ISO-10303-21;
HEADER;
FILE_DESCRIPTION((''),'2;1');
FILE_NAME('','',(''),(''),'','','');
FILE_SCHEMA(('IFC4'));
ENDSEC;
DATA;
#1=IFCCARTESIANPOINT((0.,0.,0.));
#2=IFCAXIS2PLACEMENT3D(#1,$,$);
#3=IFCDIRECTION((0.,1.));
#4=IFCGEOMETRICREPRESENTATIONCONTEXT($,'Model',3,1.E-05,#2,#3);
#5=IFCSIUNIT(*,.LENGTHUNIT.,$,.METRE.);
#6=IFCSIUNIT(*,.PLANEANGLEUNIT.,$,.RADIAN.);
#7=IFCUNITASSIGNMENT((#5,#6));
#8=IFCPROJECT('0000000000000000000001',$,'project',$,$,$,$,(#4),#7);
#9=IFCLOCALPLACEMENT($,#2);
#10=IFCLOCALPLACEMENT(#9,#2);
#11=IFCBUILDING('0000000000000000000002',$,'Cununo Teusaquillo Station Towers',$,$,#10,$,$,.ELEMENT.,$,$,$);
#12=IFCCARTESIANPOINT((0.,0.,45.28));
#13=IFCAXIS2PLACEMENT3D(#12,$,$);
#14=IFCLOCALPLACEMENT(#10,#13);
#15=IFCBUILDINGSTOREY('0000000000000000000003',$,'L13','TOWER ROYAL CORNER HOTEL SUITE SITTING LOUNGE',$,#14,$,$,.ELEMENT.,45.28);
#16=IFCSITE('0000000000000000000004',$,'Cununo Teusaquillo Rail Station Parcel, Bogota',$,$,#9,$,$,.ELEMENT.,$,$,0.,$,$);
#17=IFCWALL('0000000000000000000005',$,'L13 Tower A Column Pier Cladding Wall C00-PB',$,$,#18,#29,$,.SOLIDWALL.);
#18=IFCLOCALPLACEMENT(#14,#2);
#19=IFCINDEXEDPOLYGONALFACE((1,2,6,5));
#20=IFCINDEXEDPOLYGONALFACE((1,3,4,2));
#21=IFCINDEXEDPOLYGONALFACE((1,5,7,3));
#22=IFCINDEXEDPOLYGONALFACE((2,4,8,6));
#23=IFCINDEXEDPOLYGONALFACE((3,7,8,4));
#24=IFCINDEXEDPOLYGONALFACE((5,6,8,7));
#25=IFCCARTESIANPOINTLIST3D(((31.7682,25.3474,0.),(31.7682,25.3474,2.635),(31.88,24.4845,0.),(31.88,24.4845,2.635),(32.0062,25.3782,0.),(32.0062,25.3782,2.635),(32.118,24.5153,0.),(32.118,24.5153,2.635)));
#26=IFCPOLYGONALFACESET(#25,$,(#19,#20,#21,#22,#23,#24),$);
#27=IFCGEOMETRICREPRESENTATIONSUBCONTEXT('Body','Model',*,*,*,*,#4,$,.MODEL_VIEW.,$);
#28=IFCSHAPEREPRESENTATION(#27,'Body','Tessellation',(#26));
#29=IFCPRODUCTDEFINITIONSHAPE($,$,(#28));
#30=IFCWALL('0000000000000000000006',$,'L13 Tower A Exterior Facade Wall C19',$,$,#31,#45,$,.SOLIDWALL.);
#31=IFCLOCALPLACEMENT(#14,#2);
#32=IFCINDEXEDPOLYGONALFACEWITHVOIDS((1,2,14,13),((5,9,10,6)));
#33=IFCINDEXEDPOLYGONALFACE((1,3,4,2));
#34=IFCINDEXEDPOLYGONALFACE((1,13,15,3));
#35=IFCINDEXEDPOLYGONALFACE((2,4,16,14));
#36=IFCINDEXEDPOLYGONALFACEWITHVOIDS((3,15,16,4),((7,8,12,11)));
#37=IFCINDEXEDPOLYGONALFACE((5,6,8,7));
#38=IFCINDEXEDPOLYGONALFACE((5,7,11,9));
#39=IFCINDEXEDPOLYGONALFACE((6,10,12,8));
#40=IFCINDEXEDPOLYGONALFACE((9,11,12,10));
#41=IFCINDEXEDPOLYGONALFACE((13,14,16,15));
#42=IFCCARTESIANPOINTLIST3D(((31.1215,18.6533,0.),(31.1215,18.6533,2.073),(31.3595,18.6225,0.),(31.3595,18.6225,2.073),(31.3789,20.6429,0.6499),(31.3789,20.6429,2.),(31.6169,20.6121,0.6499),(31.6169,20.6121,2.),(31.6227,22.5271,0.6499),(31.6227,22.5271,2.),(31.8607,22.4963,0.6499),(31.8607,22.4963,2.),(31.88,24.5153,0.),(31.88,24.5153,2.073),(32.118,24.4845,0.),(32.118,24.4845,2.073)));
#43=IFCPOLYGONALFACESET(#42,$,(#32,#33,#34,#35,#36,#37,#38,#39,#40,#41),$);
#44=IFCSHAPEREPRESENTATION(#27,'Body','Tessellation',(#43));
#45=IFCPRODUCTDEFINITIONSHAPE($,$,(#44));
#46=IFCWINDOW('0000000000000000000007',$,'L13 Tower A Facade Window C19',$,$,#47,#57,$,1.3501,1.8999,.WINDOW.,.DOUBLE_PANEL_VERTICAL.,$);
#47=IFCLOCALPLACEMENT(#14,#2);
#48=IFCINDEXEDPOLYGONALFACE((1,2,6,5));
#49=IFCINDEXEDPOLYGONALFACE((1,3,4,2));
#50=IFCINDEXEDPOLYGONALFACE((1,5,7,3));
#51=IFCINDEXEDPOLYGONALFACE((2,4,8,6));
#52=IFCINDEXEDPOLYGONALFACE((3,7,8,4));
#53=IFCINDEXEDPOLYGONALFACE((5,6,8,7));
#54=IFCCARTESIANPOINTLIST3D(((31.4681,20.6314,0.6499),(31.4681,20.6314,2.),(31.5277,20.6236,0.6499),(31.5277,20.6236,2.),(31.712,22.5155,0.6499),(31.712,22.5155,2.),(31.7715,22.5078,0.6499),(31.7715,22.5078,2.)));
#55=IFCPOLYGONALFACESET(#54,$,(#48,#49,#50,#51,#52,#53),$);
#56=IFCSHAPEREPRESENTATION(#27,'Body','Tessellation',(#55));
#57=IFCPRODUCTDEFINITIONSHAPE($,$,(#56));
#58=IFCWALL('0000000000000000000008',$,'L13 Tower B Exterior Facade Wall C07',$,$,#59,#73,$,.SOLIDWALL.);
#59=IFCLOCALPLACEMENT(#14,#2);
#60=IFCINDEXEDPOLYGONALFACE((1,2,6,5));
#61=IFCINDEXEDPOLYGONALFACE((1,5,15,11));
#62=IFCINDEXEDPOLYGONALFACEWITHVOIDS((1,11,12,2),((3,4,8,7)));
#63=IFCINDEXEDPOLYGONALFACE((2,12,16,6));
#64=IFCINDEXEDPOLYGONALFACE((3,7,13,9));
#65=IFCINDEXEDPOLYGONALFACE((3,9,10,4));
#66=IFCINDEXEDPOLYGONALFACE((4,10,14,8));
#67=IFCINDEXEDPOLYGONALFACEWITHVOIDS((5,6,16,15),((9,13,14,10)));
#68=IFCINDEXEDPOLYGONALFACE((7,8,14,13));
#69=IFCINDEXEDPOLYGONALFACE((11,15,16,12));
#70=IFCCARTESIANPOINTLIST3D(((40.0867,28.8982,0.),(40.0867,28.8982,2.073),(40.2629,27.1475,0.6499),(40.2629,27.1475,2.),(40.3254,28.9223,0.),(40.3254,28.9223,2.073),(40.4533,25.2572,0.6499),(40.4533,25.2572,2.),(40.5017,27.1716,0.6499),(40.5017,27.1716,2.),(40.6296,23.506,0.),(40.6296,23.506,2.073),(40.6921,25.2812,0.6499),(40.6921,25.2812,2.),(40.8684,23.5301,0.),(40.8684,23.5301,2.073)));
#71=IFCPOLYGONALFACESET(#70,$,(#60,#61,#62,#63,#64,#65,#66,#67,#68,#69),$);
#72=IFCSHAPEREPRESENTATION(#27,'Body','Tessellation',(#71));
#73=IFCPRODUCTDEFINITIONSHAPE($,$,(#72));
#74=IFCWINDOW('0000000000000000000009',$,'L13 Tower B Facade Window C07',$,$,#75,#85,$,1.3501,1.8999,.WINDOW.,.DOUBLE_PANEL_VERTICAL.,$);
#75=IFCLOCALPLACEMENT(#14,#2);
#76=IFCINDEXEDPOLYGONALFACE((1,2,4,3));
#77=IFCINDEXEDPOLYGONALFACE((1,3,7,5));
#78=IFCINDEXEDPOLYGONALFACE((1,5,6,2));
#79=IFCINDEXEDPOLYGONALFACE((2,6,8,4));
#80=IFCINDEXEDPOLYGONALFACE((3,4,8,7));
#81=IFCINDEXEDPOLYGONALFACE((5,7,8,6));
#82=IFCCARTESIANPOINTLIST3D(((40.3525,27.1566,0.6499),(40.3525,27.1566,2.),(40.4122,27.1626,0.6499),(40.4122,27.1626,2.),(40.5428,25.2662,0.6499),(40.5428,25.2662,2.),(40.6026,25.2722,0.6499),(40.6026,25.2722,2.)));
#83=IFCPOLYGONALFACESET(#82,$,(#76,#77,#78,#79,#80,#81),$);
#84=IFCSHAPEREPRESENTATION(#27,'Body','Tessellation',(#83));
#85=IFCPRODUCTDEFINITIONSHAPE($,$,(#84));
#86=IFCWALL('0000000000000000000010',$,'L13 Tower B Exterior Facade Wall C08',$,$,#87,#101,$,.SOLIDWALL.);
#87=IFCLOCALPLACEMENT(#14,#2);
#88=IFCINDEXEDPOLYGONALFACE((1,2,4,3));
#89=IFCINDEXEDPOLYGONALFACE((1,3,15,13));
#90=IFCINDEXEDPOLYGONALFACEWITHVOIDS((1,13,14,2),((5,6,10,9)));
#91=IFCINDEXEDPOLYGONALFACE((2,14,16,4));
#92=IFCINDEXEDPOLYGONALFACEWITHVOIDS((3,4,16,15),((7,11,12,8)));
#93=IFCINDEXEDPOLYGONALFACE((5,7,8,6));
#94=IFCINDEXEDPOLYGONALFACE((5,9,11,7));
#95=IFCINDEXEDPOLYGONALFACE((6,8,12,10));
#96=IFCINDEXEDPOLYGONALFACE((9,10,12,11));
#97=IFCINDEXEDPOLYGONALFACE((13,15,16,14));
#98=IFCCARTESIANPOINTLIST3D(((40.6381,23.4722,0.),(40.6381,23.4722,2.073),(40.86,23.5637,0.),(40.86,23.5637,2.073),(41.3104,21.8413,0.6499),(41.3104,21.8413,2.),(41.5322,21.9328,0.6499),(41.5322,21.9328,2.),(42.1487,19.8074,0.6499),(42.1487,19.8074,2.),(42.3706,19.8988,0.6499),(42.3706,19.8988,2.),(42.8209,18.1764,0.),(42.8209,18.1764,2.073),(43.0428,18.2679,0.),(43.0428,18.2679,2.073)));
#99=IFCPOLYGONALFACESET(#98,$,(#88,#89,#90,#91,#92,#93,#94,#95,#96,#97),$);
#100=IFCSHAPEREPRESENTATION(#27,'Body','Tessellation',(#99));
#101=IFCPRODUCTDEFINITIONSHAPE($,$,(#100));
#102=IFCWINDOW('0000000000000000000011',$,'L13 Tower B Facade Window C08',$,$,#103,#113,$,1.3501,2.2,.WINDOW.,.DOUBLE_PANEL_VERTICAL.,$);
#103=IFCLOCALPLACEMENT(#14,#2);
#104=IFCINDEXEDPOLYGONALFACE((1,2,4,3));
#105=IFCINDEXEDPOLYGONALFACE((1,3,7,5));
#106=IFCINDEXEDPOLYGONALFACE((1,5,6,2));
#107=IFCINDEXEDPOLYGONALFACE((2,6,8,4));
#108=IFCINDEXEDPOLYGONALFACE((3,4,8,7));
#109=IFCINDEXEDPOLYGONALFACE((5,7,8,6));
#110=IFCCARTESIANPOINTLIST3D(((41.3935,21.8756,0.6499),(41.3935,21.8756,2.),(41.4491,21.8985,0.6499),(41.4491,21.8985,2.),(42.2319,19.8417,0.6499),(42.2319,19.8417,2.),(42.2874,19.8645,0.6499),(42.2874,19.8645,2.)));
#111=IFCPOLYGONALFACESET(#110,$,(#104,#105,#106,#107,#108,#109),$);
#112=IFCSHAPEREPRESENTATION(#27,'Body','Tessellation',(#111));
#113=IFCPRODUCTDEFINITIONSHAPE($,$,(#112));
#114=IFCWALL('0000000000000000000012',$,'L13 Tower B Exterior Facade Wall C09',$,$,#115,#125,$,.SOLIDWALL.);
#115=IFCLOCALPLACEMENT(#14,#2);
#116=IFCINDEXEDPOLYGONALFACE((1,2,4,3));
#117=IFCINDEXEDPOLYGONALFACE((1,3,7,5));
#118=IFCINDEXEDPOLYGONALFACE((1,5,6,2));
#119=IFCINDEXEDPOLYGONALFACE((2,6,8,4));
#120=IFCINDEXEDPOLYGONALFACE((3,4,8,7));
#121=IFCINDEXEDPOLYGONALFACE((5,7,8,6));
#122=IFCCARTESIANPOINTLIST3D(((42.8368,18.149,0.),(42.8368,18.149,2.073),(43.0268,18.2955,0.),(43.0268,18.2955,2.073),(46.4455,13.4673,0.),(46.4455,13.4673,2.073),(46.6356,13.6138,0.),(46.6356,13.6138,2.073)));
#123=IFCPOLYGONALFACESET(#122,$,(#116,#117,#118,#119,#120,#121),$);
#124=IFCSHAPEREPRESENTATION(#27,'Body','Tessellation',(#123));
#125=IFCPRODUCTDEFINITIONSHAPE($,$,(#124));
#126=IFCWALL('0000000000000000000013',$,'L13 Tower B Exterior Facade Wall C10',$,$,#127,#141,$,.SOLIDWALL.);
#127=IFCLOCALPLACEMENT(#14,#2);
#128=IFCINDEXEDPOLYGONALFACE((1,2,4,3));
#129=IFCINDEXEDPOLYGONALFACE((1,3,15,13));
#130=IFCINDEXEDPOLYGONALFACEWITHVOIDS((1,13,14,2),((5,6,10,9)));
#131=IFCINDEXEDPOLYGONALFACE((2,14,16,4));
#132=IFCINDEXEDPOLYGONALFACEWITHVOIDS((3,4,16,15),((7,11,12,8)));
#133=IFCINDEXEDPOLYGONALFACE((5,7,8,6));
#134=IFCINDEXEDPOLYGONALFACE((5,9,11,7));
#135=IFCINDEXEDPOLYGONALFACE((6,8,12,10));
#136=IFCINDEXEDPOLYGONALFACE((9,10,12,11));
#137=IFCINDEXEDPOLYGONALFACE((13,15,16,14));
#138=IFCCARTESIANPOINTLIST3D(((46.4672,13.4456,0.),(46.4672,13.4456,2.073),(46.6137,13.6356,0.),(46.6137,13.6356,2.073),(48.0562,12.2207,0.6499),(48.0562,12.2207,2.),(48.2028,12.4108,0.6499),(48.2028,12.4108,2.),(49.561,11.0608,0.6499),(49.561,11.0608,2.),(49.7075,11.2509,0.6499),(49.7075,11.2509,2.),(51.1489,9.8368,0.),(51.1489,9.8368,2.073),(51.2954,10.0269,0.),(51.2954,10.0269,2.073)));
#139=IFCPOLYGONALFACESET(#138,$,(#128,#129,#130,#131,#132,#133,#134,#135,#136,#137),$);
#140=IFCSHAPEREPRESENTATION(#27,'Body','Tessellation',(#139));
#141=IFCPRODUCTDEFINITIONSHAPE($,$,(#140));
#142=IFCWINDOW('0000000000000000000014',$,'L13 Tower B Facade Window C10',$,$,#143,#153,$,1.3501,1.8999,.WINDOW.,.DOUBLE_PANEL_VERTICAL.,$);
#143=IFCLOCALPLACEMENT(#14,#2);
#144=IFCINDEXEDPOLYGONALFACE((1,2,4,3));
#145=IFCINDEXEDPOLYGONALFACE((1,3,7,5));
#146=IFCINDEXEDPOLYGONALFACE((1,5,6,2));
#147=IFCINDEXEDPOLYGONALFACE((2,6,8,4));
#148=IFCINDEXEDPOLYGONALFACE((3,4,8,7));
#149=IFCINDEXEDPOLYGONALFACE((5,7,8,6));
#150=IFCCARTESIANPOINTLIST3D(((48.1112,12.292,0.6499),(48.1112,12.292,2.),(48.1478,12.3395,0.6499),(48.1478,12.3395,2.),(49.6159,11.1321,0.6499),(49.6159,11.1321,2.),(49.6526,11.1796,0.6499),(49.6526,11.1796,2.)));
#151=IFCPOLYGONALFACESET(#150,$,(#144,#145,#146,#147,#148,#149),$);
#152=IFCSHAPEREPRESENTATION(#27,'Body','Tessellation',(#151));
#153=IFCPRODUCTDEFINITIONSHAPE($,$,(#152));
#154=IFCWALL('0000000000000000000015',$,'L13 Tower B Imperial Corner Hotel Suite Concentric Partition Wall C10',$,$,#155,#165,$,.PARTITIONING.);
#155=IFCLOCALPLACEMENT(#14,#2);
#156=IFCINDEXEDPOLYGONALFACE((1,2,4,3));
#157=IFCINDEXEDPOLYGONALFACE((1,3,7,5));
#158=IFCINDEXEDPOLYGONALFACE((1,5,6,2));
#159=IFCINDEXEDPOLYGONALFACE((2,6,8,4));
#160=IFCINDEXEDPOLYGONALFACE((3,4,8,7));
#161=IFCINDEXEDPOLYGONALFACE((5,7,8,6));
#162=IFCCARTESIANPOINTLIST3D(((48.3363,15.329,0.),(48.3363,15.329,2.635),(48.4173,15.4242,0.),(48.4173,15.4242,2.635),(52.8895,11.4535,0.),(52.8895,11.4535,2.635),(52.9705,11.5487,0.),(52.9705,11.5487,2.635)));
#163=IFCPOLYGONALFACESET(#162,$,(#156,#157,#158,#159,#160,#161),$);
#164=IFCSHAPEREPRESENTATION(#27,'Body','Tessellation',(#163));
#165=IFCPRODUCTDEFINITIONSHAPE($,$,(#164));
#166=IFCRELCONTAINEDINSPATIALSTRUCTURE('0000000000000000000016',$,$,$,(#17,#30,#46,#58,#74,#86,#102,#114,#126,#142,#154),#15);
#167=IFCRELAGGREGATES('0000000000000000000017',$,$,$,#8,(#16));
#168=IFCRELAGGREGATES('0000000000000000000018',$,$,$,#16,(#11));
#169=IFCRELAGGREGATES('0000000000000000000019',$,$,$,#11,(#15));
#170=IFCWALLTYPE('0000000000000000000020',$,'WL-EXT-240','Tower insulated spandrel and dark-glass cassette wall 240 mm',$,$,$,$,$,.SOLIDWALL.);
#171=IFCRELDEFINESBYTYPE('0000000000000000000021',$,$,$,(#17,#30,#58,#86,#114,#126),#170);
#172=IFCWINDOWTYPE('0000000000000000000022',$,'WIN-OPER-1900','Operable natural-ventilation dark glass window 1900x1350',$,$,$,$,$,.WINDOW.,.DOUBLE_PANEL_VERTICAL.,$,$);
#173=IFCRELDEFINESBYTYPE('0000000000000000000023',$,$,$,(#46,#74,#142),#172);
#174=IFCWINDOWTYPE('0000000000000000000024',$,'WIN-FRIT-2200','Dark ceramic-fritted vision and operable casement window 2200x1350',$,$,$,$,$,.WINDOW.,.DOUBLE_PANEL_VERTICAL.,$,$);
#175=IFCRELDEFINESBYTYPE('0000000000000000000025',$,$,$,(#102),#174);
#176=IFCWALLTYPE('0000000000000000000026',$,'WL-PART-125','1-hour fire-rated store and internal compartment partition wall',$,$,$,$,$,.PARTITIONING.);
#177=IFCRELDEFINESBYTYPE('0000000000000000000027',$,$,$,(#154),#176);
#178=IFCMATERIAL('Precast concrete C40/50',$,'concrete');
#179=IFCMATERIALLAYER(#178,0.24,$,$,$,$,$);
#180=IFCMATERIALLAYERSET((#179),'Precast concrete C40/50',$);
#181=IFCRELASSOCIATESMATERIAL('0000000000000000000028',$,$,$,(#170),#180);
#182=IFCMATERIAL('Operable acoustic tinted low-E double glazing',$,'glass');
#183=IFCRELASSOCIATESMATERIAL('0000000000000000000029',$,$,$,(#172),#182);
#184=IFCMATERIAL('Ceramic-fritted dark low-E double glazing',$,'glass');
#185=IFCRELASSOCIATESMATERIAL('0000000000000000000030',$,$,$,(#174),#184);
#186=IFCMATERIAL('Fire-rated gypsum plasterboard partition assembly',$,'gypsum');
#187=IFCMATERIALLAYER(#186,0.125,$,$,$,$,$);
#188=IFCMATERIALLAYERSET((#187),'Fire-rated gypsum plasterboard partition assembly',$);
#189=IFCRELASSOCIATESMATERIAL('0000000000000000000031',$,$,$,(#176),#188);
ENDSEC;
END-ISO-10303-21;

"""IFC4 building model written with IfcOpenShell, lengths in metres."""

from ifc_helpers import new_model, si_unit, direction, frame, frame_2d, origin, place, context, subcontext, project, spatial, rectangle, extrude, source, transform, mapped, material, layer, layer_set, type_object, element, fill, save


model = new_model("IFC4")

# Units and contexts
model_context = context("Model", 3, precision=1e-05, world=origin(), true_north=direction((0.0, 1.0)))
body_context = subcontext(model_context, "Body", "Model", "MODEL_VIEW")
ifc_project = project(units=[si_unit("LENGTHUNIT", "METRE"), si_unit("PLANEANGLEUNIT", "RADIAN")], contexts=[model_context])

# Site, building, storey
site_placement = place(None, origin())
site = spatial("IfcSite", under=ifc_project, at=site_placement, Name="Cununo Teusaquillo Rail Station Parcel, Bogota", CompositionType="ELEMENT", RefElevation=0.0)
building_placement = place(site_placement, origin())
building = spatial("IfcBuilding", under=site, at=building_placement, Name="Cununo Teusaquillo Station Towers", CompositionType="ELEMENT")
storey_placement = place(building_placement, frame((0.0, 0.0, 45.28)))
storey = spatial("IfcBuildingStorey", under=building, at=storey_placement, Name="L13", Description="TOWER ROYAL CORNER HOTEL SUITE SITTING LOUNGE", CompositionType="ELEMENT", Elevation=45.28)

# Wall
ifc_material_1 = material(Name="Precast concrete C40/50", Category="concrete")
ifc_layer_1 = layer(ifc_material_1, 0.24)
ifc_layer_set_1 = layer_set([ifc_layer_1], Name="Precast concrete C40/50")
wall_type_1 = type_object("IfcWallType", Name="WL-EXT-240", Description="Tower insulated spandrel and dark-glass cassette wall 240 mm", PredefinedType="SOLIDWALL", material=ifc_layer_set_1)
wall_1_placement = place(storey_placement, frame((31.8872, 25.3628, 0.0), z_axis=(0.0, 0.0, 1.0), x_axis=(0.128523, -0.991706, 0.0)))
element("IfcWall", 1, at=wall_1_placement, inside=storey, type_object=wall_type_1, Name="L13 Tower A Column Pier Cladding Wall C00-PB", PredefinedType="SOLIDWALL", context=body_context, shape_type="SweptSolid", body=[
    extrude(rectangle(XDim=0.8701, YDim=0.24, at=frame_2d((0.4351, 0.0))), origin(), (0.0, 0.0, 1.0), 2.635),
])

# Walls, openings, windows
wall_2_placement = place(storey_placement, frame((31.999, 24.5, 0.0), z_axis=(0.0, 0.0, 1.0), x_axis=(-0.128329, -0.991732, 0.0)))
wall_2 = element("IfcWall", 2, at=wall_2_placement, inside=storey, type_object=wall_type_1, Name="L13 Tower A Exterior Facade Wall C19", PredefinedType="SOLIDWALL", context=body_context, shape_type="SweptSolid", body=[
    extrude(rectangle(XDim=5.9109, YDim=0.24, at=frame_2d((2.9556, 0.0))), origin(), (0.0, 0.0, 1.0), 2.073),
])
shared_shape_1 = source(origin(), body_context, "Body", "SweptSolid", [
    extrude(rectangle(XDim=1.8999, YDim=1.3501, at=frame_2d((0.95, 0.675))), frame((0.0, 0.1299, 0.0), z_axis=(0.0, -1.0, 0.0), x_axis=(1.0, 0.0, 0.0)), (0.0, 0.0, 1.0), 0.26),
])
opening_1_placement = place(wall_2_placement, frame((2.0049, 0.0, 0.6499)))
opening_1 = element("IfcOpeningElement", 3, at=opening_1_placement, cuts=wall_2, PredefinedType="OPENING", context=body_context, shape_type="MappedRepresentation", body=[
    mapped(shared_shape_1, transform((0.0, 0.0, 0.0), x_axis=(1.0, 0.0, 0.0), y_axis=(0.0, 1.0, 0.0), z_axis=(0.0, 0.0, 1.0), scale=1.0)),
])
ifc_material_2 = material(Name="Operable acoustic tinted low-E double glazing", Category="glass")
window_type_1 = type_object("IfcWindowType", Name="WIN-OPER-1900", Description="Operable natural-ventilation dark glass window 1900x1350", PartitioningType="DOUBLE_PANEL_VERTICAL", PredefinedType="WINDOW", material=ifc_material_2)
shared_shape_2 = source(origin(), body_context, "Body", "SweptSolid", [
    extrude(rectangle(XDim=1.8999, YDim=1.3501, at=frame_2d((0.95, 0.675))), frame((0.0, 0.03, 0.0), z_axis=(0.0, -1.0, 0.0), x_axis=(1.0, 0.0, 0.0)), (0.0, 0.0, 1.0), 0.0601),
])
window_1_placement = place(opening_1_placement, origin())
window_1 = element("IfcWindow", 4, at=window_1_placement, inside=storey, type_object=window_type_1, Name="L13 Tower A Facade Window C19", OverallHeight=1.3501, OverallWidth=1.8999, PartitioningType="DOUBLE_PANEL_VERTICAL", PredefinedType="WINDOW", context=body_context, shape_type="MappedRepresentation", body=[
    mapped(shared_shape_2, transform((0.0, 0.0, 0.0), x_axis=(1.0, 0.0, 0.0), y_axis=(0.0, 1.0, 0.0), z_axis=(0.0, 0.0, 1.0), scale=1.0)),
])
fill(opening_1, window_1)
wall_3_placement = place(storey_placement, frame((40.749, 23.5181, 0.0), z_axis=(0.0, 0.0, 1.0), x_axis=(-0.100191, 0.994968, 0.0)))
wall_3 = element("IfcWall", 5, at=wall_3_placement, inside=storey, type_object=wall_type_1, Name="L13 Tower B Exterior Facade Wall C07", PredefinedType="SOLIDWALL", context=body_context, shape_type="SweptSolid", body=[
    extrude(rectangle(XDim=5.4194, YDim=0.24, at=frame_2d((2.7097, 0.0))), origin(), (0.0, 0.0, 1.0), 2.073),
])
opening_2_placement = place(wall_3_placement, frame((1.76, 0.0, 0.6499)))
opening_2 = element("IfcOpeningElement", 6, at=opening_2_placement, cuts=wall_3, PredefinedType="OPENING", context=body_context, shape_type="MappedRepresentation", body=[
    mapped(shared_shape_1, transform((0.0, 0.0, 0.0), x_axis=(1.0, 0.0, 0.0), y_axis=(0.0, 1.0, 0.0), z_axis=(0.0, 0.0, 1.0), scale=1.0)),
])
window_2_placement = place(opening_2_placement, origin())
window_2 = element("IfcWindow", 7, at=window_2_placement, inside=storey, type_object=window_type_1, Name="L13 Tower B Facade Window C07", OverallHeight=1.3501, OverallWidth=1.8999, PartitioningType="DOUBLE_PANEL_VERTICAL", PredefinedType="WINDOW", context=body_context, shape_type="MappedRepresentation", body=[
    mapped(shared_shape_2, transform((0.0, 0.0, 0.0), x_axis=(1.0, 0.0, 0.0), y_axis=(0.0, 1.0, 0.0), z_axis=(0.0, 0.0, 1.0), scale=1.0)),
])
fill(opening_2, window_2)
wall_4_placement = place(storey_placement, frame((42.9319, 18.2222, 0.0), z_axis=(0.0, 0.0, 1.0), x_axis=(-0.381078, 0.924543, 0.0)))
wall_4 = element("IfcWall", 8, at=wall_4_placement, inside=storey, type_object=wall_type_1, Name="L13 Tower B Exterior Facade Wall C08", PredefinedType="SOLIDWALL", context=body_context, shape_type="SweptSolid", body=[
    extrude(rectangle(XDim=5.728, YDim=0.24, at=frame_2d((2.864, 0.0))), origin(), (0.0, 0.0, 1.0), 2.073),
])
shared_shape_3 = source(origin(), body_context, "Body", "SweptSolid", [
    extrude(rectangle(XDim=2.2, YDim=1.3501, at=frame_2d((1.1001, 0.675))), frame((0.0, 0.1299, 0.0), z_axis=(0.0, -1.0, 0.0), x_axis=(1.0, 0.0, 0.0)), (0.0, 0.0, 1.0), 0.26),
])
opening_3_placement = place(wall_4_placement, frame((1.7639, 0.0, 0.6499)))
opening_3 = element("IfcOpeningElement", 9, at=opening_3_placement, cuts=wall_4, PredefinedType="OPENING", context=body_context, shape_type="MappedRepresentation", body=[
    mapped(shared_shape_3, transform((0.0, 0.0, 0.0), x_axis=(1.0, 0.0, 0.0), y_axis=(0.0, 1.0, 0.0), z_axis=(0.0, 0.0, 1.0), scale=1.0)),
])
ifc_material_3 = material(Name="Ceramic-fritted dark low-E double glazing", Category="glass")
window_type_2 = type_object("IfcWindowType", Name="WIN-FRIT-2200", Description="Dark ceramic-fritted vision and operable casement window 2200x1350", PartitioningType="DOUBLE_PANEL_VERTICAL", PredefinedType="WINDOW", material=ifc_material_3)
shared_shape_4 = source(origin(), body_context, "Body", "SweptSolid", [
    extrude(rectangle(XDim=2.2, YDim=1.3501, at=frame_2d((1.1001, 0.675))), frame((0.0, 0.03, 0.0), z_axis=(0.0, -1.0, 0.0), x_axis=(1.0, 0.0, 0.0)), (0.0, 0.0, 1.0), 0.0601),
])
window_3_placement = place(opening_3_placement, origin())
window_3 = element("IfcWindow", 10, at=window_3_placement, inside=storey, type_object=window_type_2, Name="L13 Tower B Facade Window C08", OverallHeight=1.3501, OverallWidth=2.2, PartitioningType="DOUBLE_PANEL_VERTICAL", PredefinedType="WINDOW", context=body_context, shape_type="MappedRepresentation", body=[
    mapped(shared_shape_4, transform((0.0, 0.0, 0.0), x_axis=(1.0, 0.0, 0.0), y_axis=(0.0, 1.0, 0.0), z_axis=(0.0, 0.0, 1.0), scale=1.0)),
])
fill(opening_3, window_3)

# Wall
wall_5_placement = place(storey_placement, frame((46.5405, 13.5405, 0.0), z_axis=(0.0, 0.0, 1.0), x_axis=(-0.610495, 0.79202, 0.0)))
element("IfcWall", 11, at=wall_5_placement, inside=storey, type_object=wall_type_1, Name="L13 Tower B Exterior Facade Wall C09", PredefinedType="SOLIDWALL", context=body_context, shape_type="SweptSolid", body=[
    extrude(rectangle(XDim=5.9111, YDim=0.24, at=frame_2d((2.9556, 0.0))), origin(), (0.0, 0.0, 1.0), 2.073),
])

# Wall, opening, window
wall_6_placement = place(storey_placement, frame((51.2222, 9.9319, 0.0), z_axis=(0.0, 0.0, 1.0), x_axis=(-0.79202, 0.610495, 0.0)))
wall_6 = element("IfcWall", 12, at=wall_6_placement, inside=storey, type_object=wall_type_1, Name="L13 Tower B Exterior Facade Wall C10", PredefinedType="SOLIDWALL", context=body_context, shape_type="SweptSolid", body=[
    extrude(rectangle(XDim=5.9111, YDim=0.24, at=frame_2d((2.9556, 0.0))), origin(), (0.0, 0.0, 1.0), 2.073),
])
opening_4_placement = place(wall_6_placement, frame((2.0049, 0.0, 0.6499)))
opening_4 = element("IfcOpeningElement", 13, at=opening_4_placement, cuts=wall_6, PredefinedType="OPENING", context=body_context, shape_type="MappedRepresentation", body=[
    mapped(shared_shape_1, transform((0.0, 0.0, 0.0), x_axis=(1.0, 0.0, 0.0), y_axis=(0.0, 1.0, 0.0), z_axis=(0.0, 0.0, 1.0), scale=1.0)),
])
window_4_placement = place(opening_4_placement, origin())
window_4 = element("IfcWindow", 14, at=window_4_placement, inside=storey, type_object=window_type_1, Name="L13 Tower B Facade Window C10", OverallHeight=1.3501, OverallWidth=1.8999, PartitioningType="DOUBLE_PANEL_VERTICAL", PredefinedType="WINDOW", context=body_context, shape_type="MappedRepresentation", body=[
    mapped(shared_shape_2, transform((0.0, 0.0, 0.0), x_axis=(1.0, 0.0, 0.0), y_axis=(0.0, 1.0, 0.0), z_axis=(0.0, 0.0, 1.0), scale=1.0)),
])
fill(opening_4, window_4)

# Wall
ifc_material_4 = material(Name="Fire-rated gypsum plasterboard partition assembly", Category="gypsum")
ifc_layer_2 = layer(ifc_material_4, 0.125)
ifc_layer_set_2 = layer_set([ifc_layer_2], Name="Fire-rated gypsum plasterboard partition assembly")
wall_type_2 = type_object("IfcWallType", Name="WL-PART-125", Description="1-hour fire-rated store and internal compartment partition wall", PredefinedType="PARTITIONING", material=ifc_layer_set_2)
wall_7_placement = place(storey_placement, frame((48.3767, 15.3767, 0.0), z_axis=(0.0, 0.0, 1.0), x_axis=(0.761506, -0.648158, 0.0)))
element("IfcWall", 15, at=wall_7_placement, inside=storey, type_object=wall_type_2, Name="L13 Tower B Imperial Corner Hotel Suite Concentric Partition Wall C10", PredefinedType="PARTITIONING", context=body_context, shape_type="SweptSolid", body=[
    extrude(rectangle(XDim=5.9792, YDim=0.125, at=frame_2d((2.9897, 0.0))), origin(), (0.0, 0.0, 1.0), 2.635),
])

save(model, "model.ifc")
